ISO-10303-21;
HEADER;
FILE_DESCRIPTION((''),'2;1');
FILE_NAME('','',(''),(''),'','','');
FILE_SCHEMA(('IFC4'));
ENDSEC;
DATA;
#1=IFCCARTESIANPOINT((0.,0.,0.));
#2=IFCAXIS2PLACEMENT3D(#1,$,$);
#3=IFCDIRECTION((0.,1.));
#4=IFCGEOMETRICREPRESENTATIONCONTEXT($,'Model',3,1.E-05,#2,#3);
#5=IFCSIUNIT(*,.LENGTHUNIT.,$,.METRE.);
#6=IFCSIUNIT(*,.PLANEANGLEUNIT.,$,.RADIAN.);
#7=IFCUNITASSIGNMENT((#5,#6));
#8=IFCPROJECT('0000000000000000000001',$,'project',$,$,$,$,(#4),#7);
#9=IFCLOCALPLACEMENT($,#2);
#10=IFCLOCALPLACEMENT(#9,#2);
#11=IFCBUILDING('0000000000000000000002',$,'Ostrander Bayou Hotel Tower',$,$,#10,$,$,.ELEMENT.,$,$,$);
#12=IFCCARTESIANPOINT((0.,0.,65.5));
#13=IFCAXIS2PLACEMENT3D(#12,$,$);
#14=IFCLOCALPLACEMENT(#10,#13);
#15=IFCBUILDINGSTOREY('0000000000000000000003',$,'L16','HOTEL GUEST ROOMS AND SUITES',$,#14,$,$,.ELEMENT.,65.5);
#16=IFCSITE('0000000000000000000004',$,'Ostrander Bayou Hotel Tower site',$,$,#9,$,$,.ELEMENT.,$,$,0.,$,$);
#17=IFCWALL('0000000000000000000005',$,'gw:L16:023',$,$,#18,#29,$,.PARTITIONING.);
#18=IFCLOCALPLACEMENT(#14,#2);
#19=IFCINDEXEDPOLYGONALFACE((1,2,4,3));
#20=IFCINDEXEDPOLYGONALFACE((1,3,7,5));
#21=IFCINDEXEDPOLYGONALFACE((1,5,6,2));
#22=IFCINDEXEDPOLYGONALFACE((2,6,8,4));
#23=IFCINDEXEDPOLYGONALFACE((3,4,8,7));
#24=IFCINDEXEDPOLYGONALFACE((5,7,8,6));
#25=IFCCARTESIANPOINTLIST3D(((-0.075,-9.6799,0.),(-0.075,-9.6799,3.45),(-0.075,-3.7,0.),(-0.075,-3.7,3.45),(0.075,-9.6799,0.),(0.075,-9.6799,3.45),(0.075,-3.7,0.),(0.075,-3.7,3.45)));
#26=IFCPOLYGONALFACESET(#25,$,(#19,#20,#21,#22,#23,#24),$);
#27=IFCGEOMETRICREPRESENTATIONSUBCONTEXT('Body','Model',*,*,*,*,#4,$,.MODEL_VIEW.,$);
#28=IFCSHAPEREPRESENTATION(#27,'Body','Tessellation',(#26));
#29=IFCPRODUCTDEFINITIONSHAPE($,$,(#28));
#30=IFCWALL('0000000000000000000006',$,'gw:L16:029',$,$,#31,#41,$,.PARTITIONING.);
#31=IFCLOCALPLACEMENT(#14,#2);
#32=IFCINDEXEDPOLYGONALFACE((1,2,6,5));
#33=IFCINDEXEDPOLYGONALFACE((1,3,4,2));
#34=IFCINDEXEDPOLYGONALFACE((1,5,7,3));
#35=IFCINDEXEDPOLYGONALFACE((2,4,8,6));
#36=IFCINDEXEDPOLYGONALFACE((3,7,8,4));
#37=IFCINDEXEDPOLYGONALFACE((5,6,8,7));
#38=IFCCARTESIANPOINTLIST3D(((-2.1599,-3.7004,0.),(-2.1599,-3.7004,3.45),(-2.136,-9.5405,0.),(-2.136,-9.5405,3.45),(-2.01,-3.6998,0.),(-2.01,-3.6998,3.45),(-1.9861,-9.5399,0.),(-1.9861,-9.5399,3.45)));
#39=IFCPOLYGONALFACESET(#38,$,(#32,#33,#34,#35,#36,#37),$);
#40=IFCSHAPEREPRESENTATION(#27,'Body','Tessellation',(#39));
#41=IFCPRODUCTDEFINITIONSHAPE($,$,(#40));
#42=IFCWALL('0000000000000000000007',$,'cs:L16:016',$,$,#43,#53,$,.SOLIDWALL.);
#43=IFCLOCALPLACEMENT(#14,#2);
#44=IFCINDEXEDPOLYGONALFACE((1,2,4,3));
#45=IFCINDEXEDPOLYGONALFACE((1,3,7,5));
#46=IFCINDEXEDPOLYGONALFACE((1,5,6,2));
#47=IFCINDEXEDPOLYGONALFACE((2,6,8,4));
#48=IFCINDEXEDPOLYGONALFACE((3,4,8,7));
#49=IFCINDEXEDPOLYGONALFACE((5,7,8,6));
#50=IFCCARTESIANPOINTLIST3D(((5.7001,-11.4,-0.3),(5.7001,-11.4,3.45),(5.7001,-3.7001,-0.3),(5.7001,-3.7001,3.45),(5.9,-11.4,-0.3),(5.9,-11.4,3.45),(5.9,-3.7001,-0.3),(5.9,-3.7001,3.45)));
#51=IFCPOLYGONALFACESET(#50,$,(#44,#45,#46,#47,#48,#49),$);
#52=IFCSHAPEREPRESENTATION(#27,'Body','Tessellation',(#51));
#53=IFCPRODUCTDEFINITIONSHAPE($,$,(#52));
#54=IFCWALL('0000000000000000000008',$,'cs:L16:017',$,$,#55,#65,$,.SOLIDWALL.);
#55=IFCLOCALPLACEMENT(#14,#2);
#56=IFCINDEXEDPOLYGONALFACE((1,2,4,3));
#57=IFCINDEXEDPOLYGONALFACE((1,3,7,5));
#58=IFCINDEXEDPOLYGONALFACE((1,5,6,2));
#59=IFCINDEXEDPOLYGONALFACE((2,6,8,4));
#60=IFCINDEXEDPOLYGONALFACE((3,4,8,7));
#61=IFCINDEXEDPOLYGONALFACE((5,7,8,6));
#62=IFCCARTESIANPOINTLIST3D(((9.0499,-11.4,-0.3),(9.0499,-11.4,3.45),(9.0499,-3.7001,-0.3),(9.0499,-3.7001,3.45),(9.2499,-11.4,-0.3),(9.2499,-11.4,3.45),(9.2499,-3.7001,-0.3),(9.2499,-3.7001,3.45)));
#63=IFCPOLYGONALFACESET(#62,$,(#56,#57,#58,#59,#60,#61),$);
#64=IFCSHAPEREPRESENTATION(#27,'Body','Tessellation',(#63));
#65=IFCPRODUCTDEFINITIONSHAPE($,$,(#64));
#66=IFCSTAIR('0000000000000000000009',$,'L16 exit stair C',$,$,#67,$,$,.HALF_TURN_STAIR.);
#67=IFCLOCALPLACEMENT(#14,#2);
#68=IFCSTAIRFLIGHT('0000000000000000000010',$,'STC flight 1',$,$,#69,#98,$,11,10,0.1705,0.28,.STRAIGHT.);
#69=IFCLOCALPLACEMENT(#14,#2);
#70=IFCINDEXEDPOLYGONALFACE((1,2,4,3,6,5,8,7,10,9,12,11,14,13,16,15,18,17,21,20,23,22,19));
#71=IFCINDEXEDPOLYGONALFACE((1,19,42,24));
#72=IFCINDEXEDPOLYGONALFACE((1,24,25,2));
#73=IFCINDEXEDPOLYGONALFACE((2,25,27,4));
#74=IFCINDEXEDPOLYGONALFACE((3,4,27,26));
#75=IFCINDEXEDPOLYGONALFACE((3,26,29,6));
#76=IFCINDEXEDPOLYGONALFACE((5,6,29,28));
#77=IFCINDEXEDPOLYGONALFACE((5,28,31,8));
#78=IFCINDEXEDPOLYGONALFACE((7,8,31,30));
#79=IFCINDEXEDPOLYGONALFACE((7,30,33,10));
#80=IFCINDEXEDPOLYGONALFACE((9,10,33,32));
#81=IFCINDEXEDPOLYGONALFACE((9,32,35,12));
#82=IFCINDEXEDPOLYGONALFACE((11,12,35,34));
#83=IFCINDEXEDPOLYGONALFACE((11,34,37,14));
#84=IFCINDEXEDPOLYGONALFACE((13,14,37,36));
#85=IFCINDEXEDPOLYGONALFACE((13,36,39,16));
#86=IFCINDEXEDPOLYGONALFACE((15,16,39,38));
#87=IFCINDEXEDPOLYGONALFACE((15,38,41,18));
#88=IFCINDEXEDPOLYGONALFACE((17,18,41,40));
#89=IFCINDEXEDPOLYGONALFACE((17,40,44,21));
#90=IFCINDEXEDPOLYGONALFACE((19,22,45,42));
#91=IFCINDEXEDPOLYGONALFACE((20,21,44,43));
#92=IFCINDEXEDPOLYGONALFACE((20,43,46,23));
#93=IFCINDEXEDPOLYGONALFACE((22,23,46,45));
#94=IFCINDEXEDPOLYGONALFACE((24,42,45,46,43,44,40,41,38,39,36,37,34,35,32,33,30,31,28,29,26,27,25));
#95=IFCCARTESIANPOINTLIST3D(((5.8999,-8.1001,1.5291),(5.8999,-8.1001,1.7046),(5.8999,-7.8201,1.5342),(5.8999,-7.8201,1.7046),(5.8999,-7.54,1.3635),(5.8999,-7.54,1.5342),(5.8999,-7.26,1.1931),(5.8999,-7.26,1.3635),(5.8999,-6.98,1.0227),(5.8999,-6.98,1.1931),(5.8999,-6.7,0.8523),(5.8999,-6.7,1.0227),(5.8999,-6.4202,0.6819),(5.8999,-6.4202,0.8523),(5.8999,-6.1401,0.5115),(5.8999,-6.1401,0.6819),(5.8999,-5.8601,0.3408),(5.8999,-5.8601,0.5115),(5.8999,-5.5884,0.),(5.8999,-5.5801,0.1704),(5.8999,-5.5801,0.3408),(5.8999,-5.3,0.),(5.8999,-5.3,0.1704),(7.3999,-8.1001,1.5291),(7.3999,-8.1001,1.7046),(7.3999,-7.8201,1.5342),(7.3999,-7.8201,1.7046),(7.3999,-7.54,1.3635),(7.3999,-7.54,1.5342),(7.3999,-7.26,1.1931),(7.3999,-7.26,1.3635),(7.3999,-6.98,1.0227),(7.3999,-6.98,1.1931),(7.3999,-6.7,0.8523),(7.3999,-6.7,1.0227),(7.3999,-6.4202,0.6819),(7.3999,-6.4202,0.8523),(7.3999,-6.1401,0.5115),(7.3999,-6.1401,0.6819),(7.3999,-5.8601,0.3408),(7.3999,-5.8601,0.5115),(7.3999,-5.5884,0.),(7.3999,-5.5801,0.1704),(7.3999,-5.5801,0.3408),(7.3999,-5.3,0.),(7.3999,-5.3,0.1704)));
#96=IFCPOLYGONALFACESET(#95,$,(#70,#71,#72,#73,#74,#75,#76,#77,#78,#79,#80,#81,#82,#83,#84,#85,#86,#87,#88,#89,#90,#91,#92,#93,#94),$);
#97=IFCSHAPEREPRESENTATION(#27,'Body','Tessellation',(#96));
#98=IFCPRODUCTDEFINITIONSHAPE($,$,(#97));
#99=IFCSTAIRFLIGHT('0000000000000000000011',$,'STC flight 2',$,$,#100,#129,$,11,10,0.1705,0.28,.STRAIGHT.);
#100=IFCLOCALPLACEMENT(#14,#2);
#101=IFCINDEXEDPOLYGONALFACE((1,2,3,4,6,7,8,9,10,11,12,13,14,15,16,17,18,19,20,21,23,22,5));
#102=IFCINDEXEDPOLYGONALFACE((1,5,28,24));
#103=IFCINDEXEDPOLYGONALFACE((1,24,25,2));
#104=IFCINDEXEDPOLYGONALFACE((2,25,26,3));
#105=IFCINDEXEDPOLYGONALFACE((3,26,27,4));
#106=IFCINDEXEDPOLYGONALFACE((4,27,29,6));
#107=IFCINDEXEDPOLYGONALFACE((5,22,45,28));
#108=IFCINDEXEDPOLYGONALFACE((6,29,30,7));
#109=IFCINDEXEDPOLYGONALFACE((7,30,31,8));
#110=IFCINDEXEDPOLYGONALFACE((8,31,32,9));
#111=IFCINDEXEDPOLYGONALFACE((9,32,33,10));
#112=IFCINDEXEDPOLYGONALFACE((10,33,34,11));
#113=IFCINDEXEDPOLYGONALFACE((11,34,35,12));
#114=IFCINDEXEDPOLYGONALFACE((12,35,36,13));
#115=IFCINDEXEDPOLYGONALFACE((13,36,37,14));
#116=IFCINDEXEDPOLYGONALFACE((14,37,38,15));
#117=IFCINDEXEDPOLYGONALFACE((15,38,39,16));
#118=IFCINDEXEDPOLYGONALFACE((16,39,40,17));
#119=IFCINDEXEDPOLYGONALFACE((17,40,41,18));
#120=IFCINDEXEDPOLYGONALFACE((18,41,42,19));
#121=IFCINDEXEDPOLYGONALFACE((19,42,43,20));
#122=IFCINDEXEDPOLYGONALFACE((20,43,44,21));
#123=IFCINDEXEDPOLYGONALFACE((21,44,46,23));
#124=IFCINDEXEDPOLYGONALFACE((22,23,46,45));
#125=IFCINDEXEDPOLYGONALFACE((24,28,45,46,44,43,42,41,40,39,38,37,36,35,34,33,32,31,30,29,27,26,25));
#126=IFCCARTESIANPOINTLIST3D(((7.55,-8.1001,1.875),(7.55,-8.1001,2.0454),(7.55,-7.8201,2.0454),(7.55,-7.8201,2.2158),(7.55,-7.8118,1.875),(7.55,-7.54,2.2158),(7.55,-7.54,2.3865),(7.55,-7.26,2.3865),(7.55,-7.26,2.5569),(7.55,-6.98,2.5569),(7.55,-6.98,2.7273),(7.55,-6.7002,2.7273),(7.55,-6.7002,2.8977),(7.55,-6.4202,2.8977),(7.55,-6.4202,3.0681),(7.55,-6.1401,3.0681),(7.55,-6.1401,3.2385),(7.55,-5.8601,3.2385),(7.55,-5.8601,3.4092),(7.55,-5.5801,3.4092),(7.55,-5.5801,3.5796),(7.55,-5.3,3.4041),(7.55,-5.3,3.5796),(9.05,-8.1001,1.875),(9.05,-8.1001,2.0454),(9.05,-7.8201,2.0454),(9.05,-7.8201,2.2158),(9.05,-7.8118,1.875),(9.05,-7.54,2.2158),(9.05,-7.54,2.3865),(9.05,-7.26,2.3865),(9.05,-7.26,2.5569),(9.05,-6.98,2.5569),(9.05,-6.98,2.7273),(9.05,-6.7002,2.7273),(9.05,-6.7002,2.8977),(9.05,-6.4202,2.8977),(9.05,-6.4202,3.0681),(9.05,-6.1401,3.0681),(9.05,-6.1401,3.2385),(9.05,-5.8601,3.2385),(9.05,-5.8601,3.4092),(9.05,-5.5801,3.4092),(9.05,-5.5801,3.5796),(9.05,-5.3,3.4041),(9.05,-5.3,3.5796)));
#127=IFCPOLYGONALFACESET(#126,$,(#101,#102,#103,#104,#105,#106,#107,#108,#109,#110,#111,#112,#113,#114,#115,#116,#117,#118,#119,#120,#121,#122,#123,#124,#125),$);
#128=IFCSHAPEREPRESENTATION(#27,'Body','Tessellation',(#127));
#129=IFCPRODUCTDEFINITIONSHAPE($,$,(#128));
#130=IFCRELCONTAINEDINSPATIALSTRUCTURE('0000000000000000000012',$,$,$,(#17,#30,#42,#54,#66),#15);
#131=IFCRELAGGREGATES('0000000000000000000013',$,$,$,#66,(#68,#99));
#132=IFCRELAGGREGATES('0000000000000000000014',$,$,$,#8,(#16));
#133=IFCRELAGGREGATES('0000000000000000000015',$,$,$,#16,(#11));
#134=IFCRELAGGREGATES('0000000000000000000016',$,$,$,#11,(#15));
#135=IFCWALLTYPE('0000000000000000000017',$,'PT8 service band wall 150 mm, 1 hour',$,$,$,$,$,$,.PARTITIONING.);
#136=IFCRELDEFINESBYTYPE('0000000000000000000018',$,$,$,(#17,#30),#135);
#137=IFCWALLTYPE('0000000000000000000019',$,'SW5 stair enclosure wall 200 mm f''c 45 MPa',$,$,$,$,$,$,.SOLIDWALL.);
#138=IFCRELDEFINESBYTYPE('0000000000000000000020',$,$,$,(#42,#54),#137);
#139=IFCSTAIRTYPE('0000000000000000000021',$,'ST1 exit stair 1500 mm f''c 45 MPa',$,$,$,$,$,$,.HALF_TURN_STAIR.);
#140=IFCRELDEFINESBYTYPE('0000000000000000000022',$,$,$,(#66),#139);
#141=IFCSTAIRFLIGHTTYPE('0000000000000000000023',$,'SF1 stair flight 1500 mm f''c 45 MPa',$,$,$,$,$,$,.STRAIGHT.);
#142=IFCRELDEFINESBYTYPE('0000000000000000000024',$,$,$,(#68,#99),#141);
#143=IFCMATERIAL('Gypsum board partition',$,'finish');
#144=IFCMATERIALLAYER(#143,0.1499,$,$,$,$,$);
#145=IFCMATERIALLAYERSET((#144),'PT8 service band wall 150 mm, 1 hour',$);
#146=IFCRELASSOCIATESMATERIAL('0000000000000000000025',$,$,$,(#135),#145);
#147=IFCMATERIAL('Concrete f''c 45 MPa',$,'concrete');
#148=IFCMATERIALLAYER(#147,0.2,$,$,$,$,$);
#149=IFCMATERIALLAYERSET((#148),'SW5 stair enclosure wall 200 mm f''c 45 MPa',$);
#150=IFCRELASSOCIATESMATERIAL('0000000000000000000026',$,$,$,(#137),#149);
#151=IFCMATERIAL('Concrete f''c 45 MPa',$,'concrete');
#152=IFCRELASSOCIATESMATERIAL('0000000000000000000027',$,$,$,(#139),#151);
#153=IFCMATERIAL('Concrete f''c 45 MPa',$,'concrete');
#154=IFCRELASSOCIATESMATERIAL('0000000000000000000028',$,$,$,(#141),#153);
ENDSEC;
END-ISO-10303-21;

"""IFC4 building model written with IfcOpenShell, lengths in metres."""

from ifc_helpers import new_model, si_unit, direction, frame, frame_2d, origin, place, context, subcontext, project, spatial, polyline, rectangle, outline, extrude, material, layer, layer_set, type_object, element, aggregate, save


model = new_model("IFC4")

# Units and contexts
model_context = context("Model", 3, precision=1e-05, world=origin(), true_north=direction((0.0, 1.0)))
body_context = subcontext(model_context, "Body", "Model", "MODEL_VIEW")
ifc_project = project(units=[si_unit("LENGTHUNIT", "METRE"), si_unit("PLANEANGLEUNIT", "RADIAN")], contexts=[model_context])

# Site, building, storey
site_placement = place(None, origin())
site = spatial("IfcSite", under=ifc_project, at=site_placement, Name="Ostrander Bayou Hotel Tower site", CompositionType="ELEMENT", RefElevation=0.0)
building_placement = place(site_placement, origin())
building = spatial("IfcBuilding", under=site, at=building_placement, Name="Ostrander Bayou Hotel Tower", CompositionType="ELEMENT")
storey_placement = place(building_placement, frame((0.0, 0.0, 65.5)))
storey = spatial("IfcBuildingStorey", under=building, at=storey_placement, Name="L16", Description="HOTEL GUEST ROOMS AND SUITES", CompositionType="ELEMENT", Elevation=65.5)

# Shared definitions
ifc_material_1 = material(Name="Gypsum board partition", Category="finish")
ifc_layer_1 = layer(ifc_material_1, 0.1499)
ifc_layer_set_1 = layer_set([ifc_layer_1], Name="PT8 service band wall 150 mm, 1 hour")
wall_type_1 = type_object("IfcWallType", Name="PT8 service band wall 150 mm, 1 hour", PredefinedType="PARTITIONING", material=ifc_layer_set_1)

# Walls
wall_1_placement = place(storey_placement, frame((0.0, -9.6799, 0.0), z_axis=(0.0, 0.0, 1.0), x_axis=(0.0, 1.0, 0.0)))
element("IfcWall", 1, at=wall_1_placement, inside=storey, type_object=wall_type_1, Name="gw:L16:023", PredefinedType="PARTITIONING", context=body_context, shape_type="SweptSolid", body=[
    extrude(rectangle(XDim=5.98, YDim=0.1499, at=frame_2d((2.99, 0.0))), origin(), (0.0, 0.0, 1.0), 3.45),
])
wall_2_placement = place(storey_placement, frame((-2.061, -9.54, 0.0), z_axis=(0.0, 0.0, 1.0), x_axis=(-0.004097, 0.999992, 0.0)))
element("IfcWall", 2, at=wall_2_placement, inside=storey, type_object=wall_type_1, Name="gw:L16:029", PredefinedType="PARTITIONING", context=body_context, shape_type="SweptSolid", body=[
    extrude(rectangle(XDim=5.8401, YDim=0.1499, at=frame_2d((2.9199, 0.0))), origin(), (0.0, 0.0, 1.0), 3.45),
])

# Shared definitions
ifc_material_2 = material(Name="Concrete f'c 45 MPa", Category="concrete")
ifc_layer_2 = layer(ifc_material_2, 0.2)
ifc_layer_set_2 = layer_set([ifc_layer_2], Name="SW5 stair enclosure wall 200 mm f'c 45 MPa")
wall_type_2 = type_object("IfcWallType", Name="SW5 stair enclosure wall 200 mm f'c 45 MPa", PredefinedType="SOLIDWALL", material=ifc_layer_set_2)

# Walls
for number, where, z_axis, x_axis, name in (
    (3, (5.8, -3.7, -0.3), (0.0, 0.0, 1.0), (0.0, -1.0, 0.0), "cs:L16:016"),
    (4, (9.1499, -3.7, -0.3), (0.0, 0.0, 1.0), (0.0, -1.0, 0.0), "cs:L16:017"),
):
    element("IfcWall", number, at=place(storey_placement, frame(where, z_axis=z_axis, x_axis=x_axis)), inside=storey, type_object=wall_type_2, Name=name, PredefinedType="SOLIDWALL", context=body_context, shape_type="SweptSolid", body=[
        extrude(rectangle(XDim=7.7, YDim=0.2, at=frame_2d((3.8501, 0.0))), origin(), (0.0, 0.0, 1.0), 3.75),
    ])

# Stair, stair flights
ifc_material_3 = material(Name="Concrete f'c 45 MPa", Category="concrete")
stair_type = type_object("IfcStairType", Name="ST1 exit stair 1500 mm f'c 45 MPa", PredefinedType="HALF_TURN_STAIR", material=ifc_material_3)
stair_placement = place(storey_placement, origin())
stair = element("IfcStair", 5, at=stair_placement, inside=storey, type_object=stair_type, Name="L16 exit stair C", PredefinedType="HALF_TURN_STAIR")
ifc_material_4 = material(Name="Concrete f'c 45 MPa", Category="concrete")
stair_flight_type = type_object("IfcStairFlightType", Name="SF1 stair flight 1500 mm f'c 45 MPa", PredefinedType="STRAIGHT", material=ifc_material_4)
stair_flight_1_placement = place(storey_placement, frame((6.6499, -5.3, 0.0), z_axis=(0.0, 0.0, 1.0), x_axis=(0.0, -1.0, 0.0)))
stair_flight_1 = element("IfcStairFlight", 6, at=stair_flight_1_placement, type_object=stair_flight_type, Name="STC flight 1", NumberOfRisers=11, NumberOfTreads=10, PredefinedType="STRAIGHT", RiserHeight=0.1705, TreadLength=0.28, context=body_context, shape_type="SweptSolid", body=[
    extrude(outline(polyline([(0.0, 0.0), (0.0, 0.1704), (0.28, 0.1704), (0.28, 0.3408), (0.5601, 0.3408), (0.5601, 0.5115), (0.8401, 0.5115), (0.8401, 0.6819), (1.1201, 0.6819), (1.1201, 0.8523), (1.3999, 0.8523), (1.3999, 1.0227), (1.6799, 1.0227), (1.6799, 1.1931), (1.96, 1.1931), (1.96, 1.3635), (2.24, 1.3635), (2.24, 1.5342), (2.52, 1.5342), (2.52, 1.7046), (2.8, 1.7046), (2.8, 1.875), (2.8, 1.5291), (0.2883, 0.0), (0.0, 0.0)])), frame((0.0, 0.75, 0.0), z_axis=(0.0, -1.0, 0.0), x_axis=(1.0, 0.0, 0.0)), (0.0, 0.0, 1.0), 1.5),
])
stair_flight_2_placement = place(storey_placement, frame((8.3, -8.1001, 1.875), z_axis=(0.0, 0.0, 1.0), x_axis=(0.0, 1.0, 0.0)))
stair_flight_2 = element("IfcStairFlight", 7, at=stair_flight_2_placement, type_object=stair_flight_type, Name="STC flight 2", NumberOfRisers=11, NumberOfTreads=10, PredefinedType="STRAIGHT", RiserHeight=0.1705, TreadLength=0.28, context=body_context, shape_type="SweptSolid", body=[
    extrude(outline(polyline([(0.0, 0.0), (0.0, 0.1704), (0.28, 0.1704), (0.28, 0.3408), (0.5601, 0.3408), (0.5601, 0.5115), (0.8401, 0.5115), (0.8401, 0.6819), (1.1201, 0.6819), (1.1201, 0.8523), (1.3999, 0.8523), (1.3999, 1.0227), (1.6799, 1.0227), (1.6799, 1.1931), (1.96, 1.1931), (1.96, 1.3635), (2.24, 1.3635), (2.24, 1.5342), (2.52, 1.5342), (2.52, 1.7046), (2.8, 1.7046), (2.8, 1.875), (2.8, 1.5291), (0.2883, 0.0), (0.0, 0.0)])), frame((0.0, 0.75, 0.0), z_axis=(0.0, -1.0, 0.0), x_axis=(1.0, 0.0, 0.0)), (0.0, 0.0, 1.0), 1.5),
])
aggregate(stair, [stair_flight_1, stair_flight_2])

save(model, "model.ifc")
